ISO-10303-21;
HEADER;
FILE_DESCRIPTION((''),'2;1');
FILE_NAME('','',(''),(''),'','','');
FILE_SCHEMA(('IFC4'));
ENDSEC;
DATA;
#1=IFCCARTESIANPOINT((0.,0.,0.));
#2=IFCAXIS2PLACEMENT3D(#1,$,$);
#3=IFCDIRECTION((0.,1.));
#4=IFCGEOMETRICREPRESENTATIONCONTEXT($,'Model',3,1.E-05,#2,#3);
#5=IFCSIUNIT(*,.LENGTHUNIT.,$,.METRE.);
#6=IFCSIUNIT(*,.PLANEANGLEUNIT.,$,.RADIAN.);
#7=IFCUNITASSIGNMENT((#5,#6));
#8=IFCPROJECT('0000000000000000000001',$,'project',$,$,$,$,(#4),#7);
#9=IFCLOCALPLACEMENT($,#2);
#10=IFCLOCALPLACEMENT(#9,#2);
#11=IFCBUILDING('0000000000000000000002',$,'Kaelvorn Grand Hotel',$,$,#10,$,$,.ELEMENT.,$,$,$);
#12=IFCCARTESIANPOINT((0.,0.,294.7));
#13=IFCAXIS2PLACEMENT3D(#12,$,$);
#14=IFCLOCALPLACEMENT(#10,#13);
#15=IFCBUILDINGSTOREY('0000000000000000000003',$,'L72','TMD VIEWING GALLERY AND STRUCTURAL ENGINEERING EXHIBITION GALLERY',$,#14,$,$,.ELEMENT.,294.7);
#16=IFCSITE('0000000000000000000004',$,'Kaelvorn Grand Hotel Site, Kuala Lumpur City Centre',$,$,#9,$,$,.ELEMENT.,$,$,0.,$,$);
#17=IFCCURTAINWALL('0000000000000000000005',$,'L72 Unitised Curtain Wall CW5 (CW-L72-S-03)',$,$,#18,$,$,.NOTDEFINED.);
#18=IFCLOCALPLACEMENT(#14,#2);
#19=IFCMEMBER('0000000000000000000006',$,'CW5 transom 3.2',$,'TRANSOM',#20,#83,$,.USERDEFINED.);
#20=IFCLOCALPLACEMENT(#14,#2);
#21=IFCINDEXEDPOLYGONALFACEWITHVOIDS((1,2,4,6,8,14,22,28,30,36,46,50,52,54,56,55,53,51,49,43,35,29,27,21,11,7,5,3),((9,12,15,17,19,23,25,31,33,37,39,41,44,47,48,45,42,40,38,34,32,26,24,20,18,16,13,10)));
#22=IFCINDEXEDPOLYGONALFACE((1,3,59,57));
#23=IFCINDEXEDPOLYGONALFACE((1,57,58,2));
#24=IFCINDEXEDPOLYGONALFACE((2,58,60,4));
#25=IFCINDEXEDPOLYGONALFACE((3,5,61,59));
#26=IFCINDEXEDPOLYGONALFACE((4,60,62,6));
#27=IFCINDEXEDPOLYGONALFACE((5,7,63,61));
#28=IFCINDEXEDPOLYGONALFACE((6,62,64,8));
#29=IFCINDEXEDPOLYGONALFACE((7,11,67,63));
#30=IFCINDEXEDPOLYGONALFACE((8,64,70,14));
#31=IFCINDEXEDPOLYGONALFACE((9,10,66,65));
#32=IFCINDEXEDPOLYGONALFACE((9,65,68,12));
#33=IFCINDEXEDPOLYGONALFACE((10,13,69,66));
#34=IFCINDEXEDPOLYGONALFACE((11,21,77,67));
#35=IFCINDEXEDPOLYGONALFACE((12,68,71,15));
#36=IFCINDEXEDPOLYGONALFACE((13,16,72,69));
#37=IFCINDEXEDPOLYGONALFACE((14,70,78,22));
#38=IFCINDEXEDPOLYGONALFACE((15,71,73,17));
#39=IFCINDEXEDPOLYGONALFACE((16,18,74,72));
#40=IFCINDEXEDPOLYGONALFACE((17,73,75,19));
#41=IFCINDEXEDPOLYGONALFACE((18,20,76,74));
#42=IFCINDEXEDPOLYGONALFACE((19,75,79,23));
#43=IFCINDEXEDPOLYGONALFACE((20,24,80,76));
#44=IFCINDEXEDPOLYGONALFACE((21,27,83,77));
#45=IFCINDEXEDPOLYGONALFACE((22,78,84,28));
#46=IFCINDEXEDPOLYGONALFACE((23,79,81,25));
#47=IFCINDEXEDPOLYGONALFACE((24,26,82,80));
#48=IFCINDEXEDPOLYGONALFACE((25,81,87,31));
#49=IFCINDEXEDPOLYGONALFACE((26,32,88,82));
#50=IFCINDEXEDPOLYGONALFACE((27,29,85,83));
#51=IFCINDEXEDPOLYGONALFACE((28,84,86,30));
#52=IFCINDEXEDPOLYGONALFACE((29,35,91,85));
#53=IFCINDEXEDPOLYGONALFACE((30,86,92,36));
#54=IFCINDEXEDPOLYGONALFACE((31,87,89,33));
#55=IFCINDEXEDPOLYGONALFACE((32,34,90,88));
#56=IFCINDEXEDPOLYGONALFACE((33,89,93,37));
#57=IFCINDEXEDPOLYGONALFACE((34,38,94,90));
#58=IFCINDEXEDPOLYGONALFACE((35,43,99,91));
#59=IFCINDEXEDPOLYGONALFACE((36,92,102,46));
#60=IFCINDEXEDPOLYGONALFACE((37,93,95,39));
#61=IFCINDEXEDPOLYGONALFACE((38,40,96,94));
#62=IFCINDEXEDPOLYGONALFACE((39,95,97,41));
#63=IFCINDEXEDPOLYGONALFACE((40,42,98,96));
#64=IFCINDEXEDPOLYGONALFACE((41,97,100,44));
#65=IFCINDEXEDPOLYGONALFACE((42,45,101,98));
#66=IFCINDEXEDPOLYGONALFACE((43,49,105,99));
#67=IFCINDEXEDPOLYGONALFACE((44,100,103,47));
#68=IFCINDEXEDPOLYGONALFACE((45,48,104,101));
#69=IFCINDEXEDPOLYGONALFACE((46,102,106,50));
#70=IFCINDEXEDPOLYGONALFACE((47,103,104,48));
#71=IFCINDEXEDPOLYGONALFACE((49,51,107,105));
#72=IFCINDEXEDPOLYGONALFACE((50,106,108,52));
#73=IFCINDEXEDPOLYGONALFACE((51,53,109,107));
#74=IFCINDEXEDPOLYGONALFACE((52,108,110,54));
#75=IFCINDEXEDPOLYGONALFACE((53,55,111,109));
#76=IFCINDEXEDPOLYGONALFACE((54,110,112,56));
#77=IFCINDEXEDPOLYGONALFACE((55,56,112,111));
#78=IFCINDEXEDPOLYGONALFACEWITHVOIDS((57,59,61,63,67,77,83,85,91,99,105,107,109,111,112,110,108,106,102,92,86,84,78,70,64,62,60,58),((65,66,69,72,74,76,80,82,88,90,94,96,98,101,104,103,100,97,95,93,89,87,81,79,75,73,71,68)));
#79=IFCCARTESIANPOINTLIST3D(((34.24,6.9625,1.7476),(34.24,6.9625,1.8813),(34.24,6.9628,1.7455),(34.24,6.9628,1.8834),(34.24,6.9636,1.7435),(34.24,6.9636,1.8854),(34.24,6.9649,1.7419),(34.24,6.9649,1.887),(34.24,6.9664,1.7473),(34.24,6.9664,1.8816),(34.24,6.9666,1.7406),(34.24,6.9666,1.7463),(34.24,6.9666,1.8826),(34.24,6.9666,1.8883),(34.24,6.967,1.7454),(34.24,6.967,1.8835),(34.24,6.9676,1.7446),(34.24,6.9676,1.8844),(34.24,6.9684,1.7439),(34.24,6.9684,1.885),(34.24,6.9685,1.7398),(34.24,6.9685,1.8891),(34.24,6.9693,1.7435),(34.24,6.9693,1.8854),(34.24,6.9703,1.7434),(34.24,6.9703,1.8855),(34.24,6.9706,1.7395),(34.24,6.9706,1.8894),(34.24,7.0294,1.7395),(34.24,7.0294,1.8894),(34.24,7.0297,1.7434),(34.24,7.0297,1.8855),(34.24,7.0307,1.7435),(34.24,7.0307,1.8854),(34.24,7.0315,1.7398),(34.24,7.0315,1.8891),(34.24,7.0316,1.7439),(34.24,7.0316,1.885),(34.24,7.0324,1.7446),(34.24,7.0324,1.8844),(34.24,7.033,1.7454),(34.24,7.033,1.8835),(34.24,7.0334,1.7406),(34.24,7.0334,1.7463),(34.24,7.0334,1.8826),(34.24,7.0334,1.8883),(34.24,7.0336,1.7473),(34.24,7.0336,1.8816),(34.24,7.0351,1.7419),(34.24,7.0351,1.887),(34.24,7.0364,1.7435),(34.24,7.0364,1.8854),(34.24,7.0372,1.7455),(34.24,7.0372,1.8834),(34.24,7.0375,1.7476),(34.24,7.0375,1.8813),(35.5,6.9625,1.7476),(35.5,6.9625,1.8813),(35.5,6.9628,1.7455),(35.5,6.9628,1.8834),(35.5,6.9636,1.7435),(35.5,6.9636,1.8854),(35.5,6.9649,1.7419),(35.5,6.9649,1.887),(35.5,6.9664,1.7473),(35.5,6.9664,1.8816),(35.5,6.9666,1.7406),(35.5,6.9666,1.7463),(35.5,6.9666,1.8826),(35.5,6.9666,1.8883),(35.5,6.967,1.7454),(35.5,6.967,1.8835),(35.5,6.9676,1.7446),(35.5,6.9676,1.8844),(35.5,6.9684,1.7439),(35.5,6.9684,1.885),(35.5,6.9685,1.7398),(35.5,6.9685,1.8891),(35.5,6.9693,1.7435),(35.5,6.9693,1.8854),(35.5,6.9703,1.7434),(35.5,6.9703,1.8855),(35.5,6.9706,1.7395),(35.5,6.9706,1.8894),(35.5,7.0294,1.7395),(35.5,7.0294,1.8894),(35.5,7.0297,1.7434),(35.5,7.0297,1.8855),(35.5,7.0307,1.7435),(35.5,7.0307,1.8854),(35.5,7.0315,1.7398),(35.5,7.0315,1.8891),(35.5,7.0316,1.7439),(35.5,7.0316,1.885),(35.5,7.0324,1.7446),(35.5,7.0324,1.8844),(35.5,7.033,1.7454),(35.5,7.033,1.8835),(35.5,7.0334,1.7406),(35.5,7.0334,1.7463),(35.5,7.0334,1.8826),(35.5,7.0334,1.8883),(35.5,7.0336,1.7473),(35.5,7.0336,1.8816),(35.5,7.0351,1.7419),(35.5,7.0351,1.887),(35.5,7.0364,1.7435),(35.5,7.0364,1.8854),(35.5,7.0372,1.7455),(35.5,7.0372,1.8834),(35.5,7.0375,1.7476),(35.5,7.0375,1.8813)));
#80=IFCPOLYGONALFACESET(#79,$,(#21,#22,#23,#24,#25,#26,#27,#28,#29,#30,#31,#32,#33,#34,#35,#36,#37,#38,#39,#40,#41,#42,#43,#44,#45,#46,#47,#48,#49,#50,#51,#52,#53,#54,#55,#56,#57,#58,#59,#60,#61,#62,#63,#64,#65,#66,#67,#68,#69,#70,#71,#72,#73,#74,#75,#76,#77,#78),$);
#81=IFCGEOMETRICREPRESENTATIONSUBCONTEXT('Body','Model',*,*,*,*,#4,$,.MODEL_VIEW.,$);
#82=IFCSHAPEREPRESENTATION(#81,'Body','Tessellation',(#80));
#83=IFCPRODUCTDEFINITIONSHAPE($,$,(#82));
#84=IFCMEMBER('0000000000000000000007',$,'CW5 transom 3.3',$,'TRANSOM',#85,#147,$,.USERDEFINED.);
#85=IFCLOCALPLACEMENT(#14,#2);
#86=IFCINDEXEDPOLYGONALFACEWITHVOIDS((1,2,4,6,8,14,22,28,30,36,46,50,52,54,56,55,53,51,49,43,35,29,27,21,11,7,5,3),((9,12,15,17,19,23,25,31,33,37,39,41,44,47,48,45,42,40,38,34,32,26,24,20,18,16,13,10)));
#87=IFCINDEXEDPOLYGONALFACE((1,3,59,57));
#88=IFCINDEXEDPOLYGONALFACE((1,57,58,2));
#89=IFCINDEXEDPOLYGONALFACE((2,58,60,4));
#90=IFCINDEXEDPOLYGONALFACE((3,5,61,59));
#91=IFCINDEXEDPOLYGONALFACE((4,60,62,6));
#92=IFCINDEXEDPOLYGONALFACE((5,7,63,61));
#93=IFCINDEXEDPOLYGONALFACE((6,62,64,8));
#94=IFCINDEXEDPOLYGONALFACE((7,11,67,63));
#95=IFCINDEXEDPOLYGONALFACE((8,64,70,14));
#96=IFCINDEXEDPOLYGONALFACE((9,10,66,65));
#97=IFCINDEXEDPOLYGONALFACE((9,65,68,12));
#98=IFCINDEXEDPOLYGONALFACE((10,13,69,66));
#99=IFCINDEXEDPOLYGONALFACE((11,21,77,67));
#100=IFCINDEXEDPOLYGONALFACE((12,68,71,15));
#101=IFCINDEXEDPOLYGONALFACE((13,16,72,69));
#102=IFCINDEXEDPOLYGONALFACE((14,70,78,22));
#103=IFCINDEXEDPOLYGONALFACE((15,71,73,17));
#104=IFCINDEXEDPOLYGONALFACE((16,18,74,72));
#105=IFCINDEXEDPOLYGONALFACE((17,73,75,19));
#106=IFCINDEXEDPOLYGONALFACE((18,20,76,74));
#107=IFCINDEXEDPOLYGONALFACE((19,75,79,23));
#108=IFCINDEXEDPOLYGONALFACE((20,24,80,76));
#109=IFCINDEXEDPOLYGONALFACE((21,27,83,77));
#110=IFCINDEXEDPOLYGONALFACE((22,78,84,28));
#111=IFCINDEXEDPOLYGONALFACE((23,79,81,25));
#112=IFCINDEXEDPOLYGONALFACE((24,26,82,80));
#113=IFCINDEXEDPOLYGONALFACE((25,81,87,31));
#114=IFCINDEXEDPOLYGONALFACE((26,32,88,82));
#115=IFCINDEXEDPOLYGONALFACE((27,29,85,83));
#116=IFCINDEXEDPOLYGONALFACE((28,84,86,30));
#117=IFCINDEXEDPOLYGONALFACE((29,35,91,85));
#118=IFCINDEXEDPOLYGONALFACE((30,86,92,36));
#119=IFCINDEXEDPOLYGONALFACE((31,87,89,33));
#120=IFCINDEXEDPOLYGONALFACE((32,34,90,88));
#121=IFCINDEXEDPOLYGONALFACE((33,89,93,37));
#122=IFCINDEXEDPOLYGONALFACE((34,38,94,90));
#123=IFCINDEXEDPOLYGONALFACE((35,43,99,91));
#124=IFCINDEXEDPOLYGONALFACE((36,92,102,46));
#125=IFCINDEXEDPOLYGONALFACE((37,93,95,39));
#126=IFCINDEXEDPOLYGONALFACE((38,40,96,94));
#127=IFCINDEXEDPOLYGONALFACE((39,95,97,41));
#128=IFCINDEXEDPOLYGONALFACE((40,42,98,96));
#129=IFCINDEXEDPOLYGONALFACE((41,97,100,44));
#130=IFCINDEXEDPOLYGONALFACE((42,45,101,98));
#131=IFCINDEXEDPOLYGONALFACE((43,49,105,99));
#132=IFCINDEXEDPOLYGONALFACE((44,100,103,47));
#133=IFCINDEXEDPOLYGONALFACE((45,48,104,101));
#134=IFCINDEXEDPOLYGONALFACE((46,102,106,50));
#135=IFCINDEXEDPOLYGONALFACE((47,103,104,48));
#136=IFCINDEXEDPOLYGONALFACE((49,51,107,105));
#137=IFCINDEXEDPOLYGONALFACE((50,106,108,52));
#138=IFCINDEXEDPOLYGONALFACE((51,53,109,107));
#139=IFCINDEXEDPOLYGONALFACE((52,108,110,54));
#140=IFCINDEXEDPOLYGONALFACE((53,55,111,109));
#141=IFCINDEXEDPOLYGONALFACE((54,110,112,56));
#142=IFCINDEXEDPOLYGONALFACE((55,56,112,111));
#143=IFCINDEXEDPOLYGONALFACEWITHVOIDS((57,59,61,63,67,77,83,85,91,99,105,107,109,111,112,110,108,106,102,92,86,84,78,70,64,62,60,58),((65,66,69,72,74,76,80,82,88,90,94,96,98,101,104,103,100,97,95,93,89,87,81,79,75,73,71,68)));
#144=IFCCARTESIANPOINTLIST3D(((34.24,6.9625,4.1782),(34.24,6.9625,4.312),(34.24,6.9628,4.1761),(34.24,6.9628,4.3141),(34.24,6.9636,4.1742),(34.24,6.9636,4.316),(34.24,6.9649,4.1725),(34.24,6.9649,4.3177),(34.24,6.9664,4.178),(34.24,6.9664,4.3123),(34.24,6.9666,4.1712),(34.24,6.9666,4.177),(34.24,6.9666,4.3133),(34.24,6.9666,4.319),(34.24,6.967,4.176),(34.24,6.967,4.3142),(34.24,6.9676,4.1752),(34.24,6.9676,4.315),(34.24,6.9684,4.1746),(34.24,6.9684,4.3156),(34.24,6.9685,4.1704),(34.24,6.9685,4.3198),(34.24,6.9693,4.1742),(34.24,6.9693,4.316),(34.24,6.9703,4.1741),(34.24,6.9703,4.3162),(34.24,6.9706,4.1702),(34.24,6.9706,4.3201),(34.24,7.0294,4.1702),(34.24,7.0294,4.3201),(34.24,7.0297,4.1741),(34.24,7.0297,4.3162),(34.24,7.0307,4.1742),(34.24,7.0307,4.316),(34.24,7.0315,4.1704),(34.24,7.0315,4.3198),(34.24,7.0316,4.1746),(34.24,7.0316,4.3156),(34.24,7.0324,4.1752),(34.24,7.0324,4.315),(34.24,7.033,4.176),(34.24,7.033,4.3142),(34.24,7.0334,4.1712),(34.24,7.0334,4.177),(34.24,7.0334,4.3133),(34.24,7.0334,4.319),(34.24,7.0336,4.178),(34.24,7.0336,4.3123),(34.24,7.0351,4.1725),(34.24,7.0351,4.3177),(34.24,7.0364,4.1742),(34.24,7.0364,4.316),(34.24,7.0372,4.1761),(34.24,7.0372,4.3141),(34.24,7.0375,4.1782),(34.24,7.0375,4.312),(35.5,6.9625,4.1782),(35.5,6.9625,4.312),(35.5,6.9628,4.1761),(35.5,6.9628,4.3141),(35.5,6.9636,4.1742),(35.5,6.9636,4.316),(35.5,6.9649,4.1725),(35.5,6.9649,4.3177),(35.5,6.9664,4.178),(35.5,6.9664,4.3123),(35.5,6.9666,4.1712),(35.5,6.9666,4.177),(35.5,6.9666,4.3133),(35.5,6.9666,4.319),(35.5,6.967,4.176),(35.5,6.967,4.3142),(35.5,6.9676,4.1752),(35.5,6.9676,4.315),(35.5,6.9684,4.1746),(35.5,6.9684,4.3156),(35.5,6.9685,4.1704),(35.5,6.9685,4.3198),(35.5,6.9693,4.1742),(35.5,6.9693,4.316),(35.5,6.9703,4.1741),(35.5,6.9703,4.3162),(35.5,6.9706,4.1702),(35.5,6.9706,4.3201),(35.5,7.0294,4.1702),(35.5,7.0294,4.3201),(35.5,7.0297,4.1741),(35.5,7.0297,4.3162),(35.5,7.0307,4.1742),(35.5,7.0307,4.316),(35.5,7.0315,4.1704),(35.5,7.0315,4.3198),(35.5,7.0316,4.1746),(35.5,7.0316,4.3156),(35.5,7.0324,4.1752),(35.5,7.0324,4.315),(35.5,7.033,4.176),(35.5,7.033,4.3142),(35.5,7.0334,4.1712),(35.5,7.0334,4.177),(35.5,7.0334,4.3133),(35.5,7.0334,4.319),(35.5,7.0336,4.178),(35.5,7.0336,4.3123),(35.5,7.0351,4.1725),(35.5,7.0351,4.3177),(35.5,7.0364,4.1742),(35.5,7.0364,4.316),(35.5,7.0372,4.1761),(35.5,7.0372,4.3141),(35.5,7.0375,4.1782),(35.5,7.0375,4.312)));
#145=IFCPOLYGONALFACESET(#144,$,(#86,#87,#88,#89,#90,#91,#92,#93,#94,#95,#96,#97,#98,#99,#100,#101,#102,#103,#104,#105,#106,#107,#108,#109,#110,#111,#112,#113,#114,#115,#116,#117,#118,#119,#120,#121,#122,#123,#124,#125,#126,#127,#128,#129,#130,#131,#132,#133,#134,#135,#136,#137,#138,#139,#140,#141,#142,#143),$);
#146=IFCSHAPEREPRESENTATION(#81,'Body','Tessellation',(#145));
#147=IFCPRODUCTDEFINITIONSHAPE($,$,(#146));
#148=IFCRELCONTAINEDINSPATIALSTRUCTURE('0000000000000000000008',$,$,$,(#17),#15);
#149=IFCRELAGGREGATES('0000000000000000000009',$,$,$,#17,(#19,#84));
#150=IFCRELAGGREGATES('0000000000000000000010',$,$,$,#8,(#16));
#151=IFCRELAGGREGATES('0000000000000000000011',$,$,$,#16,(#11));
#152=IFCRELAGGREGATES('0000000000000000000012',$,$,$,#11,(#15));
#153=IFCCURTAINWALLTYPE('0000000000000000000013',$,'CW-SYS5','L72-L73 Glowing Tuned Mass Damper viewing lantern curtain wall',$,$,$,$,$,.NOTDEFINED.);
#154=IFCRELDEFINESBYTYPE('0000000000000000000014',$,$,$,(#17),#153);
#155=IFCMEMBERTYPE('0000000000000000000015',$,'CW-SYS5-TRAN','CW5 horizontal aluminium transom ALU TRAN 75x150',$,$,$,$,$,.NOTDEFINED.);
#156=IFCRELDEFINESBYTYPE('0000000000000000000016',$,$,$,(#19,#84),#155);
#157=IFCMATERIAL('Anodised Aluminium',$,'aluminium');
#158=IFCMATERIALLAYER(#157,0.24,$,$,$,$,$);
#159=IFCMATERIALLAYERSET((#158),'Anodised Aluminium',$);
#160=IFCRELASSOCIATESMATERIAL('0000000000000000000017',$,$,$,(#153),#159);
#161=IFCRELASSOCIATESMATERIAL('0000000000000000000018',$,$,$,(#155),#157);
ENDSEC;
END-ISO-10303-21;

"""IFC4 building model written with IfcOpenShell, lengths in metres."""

from ifc_helpers import new_model, si_unit, direction, frame, origin, origin_2d, place, context, subcontext, project, spatial, hollow_rectangle, extrude, material, layer, layer_set, material_profile, profile_set, type_object, element, aggregate, save


model = new_model("IFC4")

# Units and contexts
model_context = context("Model", 3, precision=1e-05, world=origin(), true_north=direction((0.0, 1.0)))
body_context = subcontext(model_context, "Body", "Model", "MODEL_VIEW")
ifc_project = project(units=[si_unit("LENGTHUNIT", "METRE"), si_unit("PLANEANGLEUNIT", "RADIAN")], contexts=[model_context])

# Site, building, storey
site_placement = place(None, origin())
site = spatial("IfcSite", under=ifc_project, at=site_placement, Name="Kaelvorn Grand Hotel Site, Kuala Lumpur City Centre", CompositionType="ELEMENT", RefElevation=0.0)
building_placement = place(site_placement, origin())
building = spatial("IfcBuilding", under=site, at=building_placement, Name="Kaelvorn Grand Hotel", CompositionType="ELEMENT")
storey_placement = place(building_placement, frame((0.0, 0.0, 294.7)))
storey = spatial("IfcBuildingStorey", under=building, at=storey_placement, Name="L72", Description="TMD VIEWING GALLERY AND STRUCTURAL ENGINEERING EXHIBITION GALLERY", CompositionType="ELEMENT", Elevation=294.7)

# Curtain wall
ifc_material_1 = material(Name="Anodised Aluminium", Category="aluminium")
ifc_layer_1 = layer(ifc_material_1, 0.24)
ifc_layer_set_1 = layer_set([ifc_layer_1], Name="Anodised Aluminium")
curtain_wall_type = type_object("IfcCurtainWallType", Name="CW-SYS5", Description="L72-L73 Glowing Tuned Mass Damper viewing lantern curtain wall", PredefinedType="NOTDEFINED", material=ifc_layer_set_1)
curtain_wall_1_placement = place(storey_placement, origin())
curtain_wall_1 = element("IfcCurtainWall", 1, at=curtain_wall_1_placement, inside=storey, type_object=curtain_wall_type, Name="L72 Unitised Curtain Wall CW5 (CW-L72-S-03)", PredefinedType="NOTDEFINED")

# Members
ifc_material_profile_1 = material_profile(ifc_material_1, hollow_rectangle(XDim=0.075, YDim=0.1499, WallThickness=0.0039, InnerFilletRadius=0.0039, OuterFilletRadius=0.0081, at=origin_2d()), Name="ALU TRAN 75x150")
ifc_profile_set_1 = profile_set([ifc_material_profile_1], Name="Anodised Aluminium")
member_type_1 = type_object("IfcMemberType", Name="CW-SYS5-TRAN", Description="CW5 horizontal aluminium transom ALU TRAN 75x150", PredefinedType="NOTDEFINED", material=ifc_profile_set_1)
member_1_placement = place(storey_placement, frame((34.24, 7.0, 1.8145), z_axis=(1.0, 0.0, 0.0), x_axis=(0.0, 1.0, 0.0)))
member_1 = element("IfcMember", 2, at=member_1_placement, type_object=member_type_1, Name="CW5 transom 3.2", ObjectType="TRANSOM", PredefinedType="USERDEFINED", context=body_context, shape_type="SweptSolid", body=[
    extrude(hollow_rectangle(XDim=0.075, YDim=0.1499, WallThickness=0.0039, InnerFilletRadius=0.0039, OuterFilletRadius=0.0081, at=origin_2d()), origin(), (0.0, 0.0, 1.0), 1.26),
])
member_2_placement = place(storey_placement, frame((34.24, 7.0, 4.2451), z_axis=(1.0, 0.0, 0.0), x_axis=(0.0, 1.0, 0.0)))
member_2 = element("IfcMember", 3, at=member_2_placement, type_object=member_type_1, Name="CW5 transom 3.3", ObjectType="TRANSOM", PredefinedType="USERDEFINED", context=body_context, shape_type="SweptSolid", body=[
    extrude(hollow_rectangle(XDim=0.075, YDim=0.1499, WallThickness=0.0039, InnerFilletRadius=0.0039, OuterFilletRadius=0.0081, at=origin_2d()), origin(), (0.0, 0.0, 1.0), 1.26),
])

aggregate(curtain_wall_1, [member_1, member_2])

save(model, "model.ifc")
